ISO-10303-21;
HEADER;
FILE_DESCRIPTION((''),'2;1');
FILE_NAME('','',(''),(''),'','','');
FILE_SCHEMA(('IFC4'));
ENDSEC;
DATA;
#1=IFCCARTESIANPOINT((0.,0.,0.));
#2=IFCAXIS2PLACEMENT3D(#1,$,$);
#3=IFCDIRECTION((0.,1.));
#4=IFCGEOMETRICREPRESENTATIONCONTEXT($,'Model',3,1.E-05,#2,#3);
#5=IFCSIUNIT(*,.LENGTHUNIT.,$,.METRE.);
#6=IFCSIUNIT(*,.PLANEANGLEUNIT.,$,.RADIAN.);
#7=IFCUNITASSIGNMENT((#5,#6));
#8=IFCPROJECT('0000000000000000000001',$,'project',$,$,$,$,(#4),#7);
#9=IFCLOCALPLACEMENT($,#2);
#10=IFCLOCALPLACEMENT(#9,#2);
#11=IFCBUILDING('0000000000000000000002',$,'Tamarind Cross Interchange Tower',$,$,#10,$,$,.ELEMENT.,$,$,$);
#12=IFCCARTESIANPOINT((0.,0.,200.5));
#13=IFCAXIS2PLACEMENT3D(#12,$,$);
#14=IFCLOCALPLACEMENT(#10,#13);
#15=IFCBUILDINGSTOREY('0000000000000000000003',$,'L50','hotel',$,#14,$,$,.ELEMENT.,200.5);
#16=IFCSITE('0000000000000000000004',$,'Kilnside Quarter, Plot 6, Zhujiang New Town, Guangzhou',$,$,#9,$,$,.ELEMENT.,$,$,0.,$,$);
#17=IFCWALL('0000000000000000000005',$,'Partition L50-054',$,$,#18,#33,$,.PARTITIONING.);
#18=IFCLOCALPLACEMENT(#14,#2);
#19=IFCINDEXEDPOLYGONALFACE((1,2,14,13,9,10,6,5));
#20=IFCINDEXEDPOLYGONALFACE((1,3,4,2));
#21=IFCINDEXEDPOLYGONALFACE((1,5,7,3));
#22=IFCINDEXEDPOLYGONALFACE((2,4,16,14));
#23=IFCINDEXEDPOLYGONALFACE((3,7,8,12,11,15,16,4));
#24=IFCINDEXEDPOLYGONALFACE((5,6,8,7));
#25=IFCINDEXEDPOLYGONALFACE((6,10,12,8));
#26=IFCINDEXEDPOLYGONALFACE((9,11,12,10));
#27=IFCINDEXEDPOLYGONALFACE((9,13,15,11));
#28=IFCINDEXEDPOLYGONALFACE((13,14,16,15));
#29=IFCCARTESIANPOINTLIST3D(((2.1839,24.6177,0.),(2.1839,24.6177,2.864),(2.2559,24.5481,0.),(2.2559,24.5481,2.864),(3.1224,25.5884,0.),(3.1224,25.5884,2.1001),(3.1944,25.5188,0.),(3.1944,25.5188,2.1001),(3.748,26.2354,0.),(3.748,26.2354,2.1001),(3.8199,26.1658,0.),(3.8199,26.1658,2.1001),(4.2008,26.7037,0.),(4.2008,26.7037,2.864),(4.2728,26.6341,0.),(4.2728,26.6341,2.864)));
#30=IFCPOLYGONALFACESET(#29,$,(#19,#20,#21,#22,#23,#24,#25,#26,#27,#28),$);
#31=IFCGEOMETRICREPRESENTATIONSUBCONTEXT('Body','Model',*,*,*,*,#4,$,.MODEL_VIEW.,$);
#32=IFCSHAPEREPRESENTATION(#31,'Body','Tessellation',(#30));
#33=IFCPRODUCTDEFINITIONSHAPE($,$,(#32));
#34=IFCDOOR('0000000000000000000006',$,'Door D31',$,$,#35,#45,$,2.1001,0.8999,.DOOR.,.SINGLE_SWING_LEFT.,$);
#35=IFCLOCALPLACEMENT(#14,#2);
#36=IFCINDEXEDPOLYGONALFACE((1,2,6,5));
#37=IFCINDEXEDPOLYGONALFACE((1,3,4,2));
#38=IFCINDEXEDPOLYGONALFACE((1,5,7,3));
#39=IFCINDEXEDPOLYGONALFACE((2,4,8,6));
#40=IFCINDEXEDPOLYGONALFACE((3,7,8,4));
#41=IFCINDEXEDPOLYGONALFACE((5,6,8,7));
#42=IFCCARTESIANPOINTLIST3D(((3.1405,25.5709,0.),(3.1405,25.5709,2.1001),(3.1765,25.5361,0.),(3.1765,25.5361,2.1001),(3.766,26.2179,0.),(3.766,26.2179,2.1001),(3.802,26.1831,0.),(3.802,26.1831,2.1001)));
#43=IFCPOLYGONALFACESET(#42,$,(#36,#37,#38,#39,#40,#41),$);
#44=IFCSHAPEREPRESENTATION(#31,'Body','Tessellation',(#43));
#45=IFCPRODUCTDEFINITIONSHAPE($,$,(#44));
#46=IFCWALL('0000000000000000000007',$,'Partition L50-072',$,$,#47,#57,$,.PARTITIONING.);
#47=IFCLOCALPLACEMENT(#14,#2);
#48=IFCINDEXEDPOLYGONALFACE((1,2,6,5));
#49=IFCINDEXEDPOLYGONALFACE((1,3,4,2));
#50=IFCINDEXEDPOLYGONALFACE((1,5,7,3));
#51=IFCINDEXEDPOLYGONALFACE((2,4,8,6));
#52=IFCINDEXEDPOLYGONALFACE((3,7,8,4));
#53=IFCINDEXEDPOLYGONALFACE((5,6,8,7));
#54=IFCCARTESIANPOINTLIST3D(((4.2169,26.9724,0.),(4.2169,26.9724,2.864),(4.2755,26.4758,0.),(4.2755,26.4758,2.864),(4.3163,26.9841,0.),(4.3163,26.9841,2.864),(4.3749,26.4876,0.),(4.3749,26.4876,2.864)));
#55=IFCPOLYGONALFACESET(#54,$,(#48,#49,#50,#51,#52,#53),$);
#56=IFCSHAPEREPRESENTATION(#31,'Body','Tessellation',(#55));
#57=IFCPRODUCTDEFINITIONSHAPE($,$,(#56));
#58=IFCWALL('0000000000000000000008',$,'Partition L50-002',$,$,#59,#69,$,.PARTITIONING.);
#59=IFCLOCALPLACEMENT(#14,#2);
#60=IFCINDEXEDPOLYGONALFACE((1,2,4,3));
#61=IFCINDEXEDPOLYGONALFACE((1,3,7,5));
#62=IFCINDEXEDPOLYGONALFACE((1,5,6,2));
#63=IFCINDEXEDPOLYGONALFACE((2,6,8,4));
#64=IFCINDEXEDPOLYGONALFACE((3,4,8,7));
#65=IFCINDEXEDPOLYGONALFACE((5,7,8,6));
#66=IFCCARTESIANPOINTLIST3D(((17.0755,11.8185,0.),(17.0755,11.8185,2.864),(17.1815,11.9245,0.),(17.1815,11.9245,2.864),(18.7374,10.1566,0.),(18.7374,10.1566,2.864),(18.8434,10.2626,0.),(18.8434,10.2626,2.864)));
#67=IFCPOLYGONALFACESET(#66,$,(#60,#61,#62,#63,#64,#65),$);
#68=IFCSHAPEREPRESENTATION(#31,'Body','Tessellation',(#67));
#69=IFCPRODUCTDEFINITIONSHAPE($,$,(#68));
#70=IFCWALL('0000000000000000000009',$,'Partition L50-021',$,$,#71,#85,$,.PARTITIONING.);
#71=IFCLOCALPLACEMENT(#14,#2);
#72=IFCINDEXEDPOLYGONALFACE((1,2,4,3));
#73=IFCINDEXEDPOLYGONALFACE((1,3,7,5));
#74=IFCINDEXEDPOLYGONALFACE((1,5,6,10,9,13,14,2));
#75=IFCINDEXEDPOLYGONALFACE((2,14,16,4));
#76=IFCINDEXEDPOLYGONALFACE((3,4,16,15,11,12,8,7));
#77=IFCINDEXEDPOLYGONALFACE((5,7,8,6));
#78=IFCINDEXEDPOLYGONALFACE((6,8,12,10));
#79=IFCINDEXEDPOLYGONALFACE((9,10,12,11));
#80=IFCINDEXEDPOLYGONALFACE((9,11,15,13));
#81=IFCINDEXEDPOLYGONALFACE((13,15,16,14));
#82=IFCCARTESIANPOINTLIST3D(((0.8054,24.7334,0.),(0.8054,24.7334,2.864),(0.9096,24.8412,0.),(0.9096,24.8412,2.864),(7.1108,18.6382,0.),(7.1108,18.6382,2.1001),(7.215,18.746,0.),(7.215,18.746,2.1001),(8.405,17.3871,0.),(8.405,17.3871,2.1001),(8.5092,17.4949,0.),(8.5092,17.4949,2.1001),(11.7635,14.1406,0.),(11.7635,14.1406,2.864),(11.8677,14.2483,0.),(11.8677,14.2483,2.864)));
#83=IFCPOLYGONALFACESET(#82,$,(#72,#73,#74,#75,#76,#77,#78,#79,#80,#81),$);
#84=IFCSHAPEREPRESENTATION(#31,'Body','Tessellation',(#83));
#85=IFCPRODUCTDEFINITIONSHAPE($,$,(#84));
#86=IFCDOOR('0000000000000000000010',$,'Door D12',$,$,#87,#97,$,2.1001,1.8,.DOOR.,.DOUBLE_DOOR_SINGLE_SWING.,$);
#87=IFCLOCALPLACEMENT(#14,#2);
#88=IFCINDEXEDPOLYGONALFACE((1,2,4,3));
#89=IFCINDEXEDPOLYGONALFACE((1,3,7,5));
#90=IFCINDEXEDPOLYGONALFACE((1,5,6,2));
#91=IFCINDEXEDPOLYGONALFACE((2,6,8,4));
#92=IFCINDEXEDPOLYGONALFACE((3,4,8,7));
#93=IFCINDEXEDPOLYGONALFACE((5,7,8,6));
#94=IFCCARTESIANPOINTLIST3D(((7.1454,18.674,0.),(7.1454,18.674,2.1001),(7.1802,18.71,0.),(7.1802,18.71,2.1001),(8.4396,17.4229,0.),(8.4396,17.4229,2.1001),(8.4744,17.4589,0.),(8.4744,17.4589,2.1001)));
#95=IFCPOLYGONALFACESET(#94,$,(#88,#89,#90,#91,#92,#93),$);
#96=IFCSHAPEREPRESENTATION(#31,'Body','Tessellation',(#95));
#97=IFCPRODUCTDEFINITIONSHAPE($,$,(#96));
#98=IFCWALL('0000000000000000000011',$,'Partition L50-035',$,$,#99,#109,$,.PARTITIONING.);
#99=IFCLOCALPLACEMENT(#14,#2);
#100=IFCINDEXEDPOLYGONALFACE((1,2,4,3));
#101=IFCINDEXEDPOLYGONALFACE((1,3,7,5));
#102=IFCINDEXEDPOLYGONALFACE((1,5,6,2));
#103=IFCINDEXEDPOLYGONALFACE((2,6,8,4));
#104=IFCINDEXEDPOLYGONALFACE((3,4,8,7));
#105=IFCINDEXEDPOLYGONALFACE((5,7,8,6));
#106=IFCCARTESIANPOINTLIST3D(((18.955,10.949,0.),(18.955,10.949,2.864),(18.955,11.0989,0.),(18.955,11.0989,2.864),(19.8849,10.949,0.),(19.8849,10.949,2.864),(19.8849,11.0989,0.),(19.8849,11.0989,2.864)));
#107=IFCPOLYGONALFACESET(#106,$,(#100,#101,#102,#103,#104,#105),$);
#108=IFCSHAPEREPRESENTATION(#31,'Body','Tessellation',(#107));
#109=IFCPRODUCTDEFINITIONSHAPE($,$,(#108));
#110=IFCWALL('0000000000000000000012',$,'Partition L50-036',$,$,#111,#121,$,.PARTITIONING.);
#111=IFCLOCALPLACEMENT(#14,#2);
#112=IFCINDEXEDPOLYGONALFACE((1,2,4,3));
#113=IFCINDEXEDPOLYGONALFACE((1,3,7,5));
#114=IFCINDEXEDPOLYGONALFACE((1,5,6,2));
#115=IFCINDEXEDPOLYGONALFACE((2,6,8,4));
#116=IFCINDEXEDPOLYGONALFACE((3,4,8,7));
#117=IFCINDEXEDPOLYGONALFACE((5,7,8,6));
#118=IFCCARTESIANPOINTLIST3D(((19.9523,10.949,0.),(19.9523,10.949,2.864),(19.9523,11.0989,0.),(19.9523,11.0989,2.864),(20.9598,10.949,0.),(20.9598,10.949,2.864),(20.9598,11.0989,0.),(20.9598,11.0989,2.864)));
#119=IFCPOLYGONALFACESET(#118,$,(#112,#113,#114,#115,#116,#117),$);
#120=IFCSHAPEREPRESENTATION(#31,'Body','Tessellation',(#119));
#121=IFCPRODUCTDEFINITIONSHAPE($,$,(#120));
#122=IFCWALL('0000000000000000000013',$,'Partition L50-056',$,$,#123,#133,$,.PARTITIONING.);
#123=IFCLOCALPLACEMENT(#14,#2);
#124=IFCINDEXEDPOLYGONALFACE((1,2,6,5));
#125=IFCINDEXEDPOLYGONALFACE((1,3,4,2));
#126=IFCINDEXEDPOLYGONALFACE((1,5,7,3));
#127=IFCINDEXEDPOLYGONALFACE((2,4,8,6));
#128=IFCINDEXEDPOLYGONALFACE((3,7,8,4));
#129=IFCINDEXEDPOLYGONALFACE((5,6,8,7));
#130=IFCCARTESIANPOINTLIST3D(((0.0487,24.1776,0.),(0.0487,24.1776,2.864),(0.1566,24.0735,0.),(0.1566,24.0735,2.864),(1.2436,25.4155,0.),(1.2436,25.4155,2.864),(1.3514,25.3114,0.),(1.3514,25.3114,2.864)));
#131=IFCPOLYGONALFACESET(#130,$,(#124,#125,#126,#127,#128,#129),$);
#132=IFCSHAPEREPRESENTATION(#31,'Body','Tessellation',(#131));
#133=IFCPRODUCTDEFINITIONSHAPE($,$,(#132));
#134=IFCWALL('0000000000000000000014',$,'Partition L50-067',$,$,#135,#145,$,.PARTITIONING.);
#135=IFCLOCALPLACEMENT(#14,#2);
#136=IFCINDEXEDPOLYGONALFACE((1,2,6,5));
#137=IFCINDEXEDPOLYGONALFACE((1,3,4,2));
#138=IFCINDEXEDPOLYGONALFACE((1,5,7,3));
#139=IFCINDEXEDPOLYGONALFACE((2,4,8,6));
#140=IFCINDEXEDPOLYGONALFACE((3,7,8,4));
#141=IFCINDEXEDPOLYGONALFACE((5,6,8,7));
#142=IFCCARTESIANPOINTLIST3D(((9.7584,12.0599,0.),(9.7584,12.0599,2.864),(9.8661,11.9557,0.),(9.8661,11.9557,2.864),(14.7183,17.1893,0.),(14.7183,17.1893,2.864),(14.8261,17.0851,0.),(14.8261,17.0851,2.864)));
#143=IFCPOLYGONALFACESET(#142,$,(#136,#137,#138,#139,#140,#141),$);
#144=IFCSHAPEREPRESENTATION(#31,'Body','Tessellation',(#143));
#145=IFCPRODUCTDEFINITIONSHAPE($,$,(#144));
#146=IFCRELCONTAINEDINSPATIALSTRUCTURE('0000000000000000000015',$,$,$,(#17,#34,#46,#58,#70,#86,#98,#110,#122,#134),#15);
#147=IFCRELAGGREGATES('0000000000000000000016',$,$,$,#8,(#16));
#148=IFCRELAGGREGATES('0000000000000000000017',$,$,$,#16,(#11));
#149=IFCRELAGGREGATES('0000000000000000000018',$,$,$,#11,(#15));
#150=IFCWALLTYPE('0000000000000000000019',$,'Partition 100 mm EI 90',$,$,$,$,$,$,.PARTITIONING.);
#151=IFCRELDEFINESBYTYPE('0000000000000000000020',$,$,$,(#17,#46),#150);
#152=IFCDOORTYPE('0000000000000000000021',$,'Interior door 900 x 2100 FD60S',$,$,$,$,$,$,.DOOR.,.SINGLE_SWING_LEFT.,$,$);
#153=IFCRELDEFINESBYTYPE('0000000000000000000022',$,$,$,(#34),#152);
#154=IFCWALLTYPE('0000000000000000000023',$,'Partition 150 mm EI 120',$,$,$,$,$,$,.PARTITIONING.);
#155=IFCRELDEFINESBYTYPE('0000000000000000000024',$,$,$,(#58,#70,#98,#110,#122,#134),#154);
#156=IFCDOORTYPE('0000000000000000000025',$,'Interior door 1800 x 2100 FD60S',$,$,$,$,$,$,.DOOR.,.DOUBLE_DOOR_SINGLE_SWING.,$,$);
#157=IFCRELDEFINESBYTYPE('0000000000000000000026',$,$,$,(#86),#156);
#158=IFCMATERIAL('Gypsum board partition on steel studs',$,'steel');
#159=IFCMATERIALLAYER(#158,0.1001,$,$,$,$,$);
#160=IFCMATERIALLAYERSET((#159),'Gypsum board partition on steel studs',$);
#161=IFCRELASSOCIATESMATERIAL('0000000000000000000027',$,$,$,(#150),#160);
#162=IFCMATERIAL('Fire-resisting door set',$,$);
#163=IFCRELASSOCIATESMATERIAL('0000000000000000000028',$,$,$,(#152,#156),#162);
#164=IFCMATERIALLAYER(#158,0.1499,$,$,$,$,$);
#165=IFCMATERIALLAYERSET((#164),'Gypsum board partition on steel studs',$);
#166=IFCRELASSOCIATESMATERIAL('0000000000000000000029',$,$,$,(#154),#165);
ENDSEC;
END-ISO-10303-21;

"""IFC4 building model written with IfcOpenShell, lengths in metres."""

from ifc_helpers import new_model, si_unit, direction, frame, frame_2d, origin, place, context, subcontext, project, spatial, rectangle, extrude, material, layer, layer_set, type_object, element, fill, save


model = new_model("IFC4")

# Units and contexts
model_context = context("Model", 3, precision=1e-05, world=origin(), true_north=direction((0.0, 1.0)))
body_context = subcontext(model_context, "Body", "Model", "MODEL_VIEW")
ifc_project = project(units=[si_unit("LENGTHUNIT", "METRE"), si_unit("PLANEANGLEUNIT", "RADIAN")], contexts=[model_context])

# Site, building, storey
site_placement = place(None, origin())
site = spatial("IfcSite", under=ifc_project, at=site_placement, Name="Kilnside Quarter, Plot 6, Zhujiang New Town, Guangzhou", CompositionType="ELEMENT", RefElevation=0.0)
building_placement = place(site_placement, origin())
building = spatial("IfcBuilding", under=site, at=building_placement, Name="Tamarind Cross Interchange Tower", CompositionType="ELEMENT")
storey_placement = place(building_placement, frame((0.0, 0.0, 200.5)))
storey = spatial("IfcBuildingStorey", under=building, at=storey_placement, Name="L50", Description="hotel", CompositionType="ELEMENT", Elevation=200.5)

# Shared definitions
ifc_material_1 = material(Name="Gypsum board partition on steel studs", Category="steel")
ifc_layer_1 = layer(ifc_material_1, 0.1001)
ifc_layer_set_1 = layer_set([ifc_layer_1], Name="Gypsum board partition on steel studs")
wall_type_1 = type_object("IfcWallType", Name="Partition 100 mm EI 90", PredefinedType="PARTITIONING", material=ifc_layer_set_1)

# Wall, opening, door
wall_1_placement = place(storey_placement, frame((2.22, 24.583, 0.0), z_axis=(0.0, 0.0, 1.0), x_axis=(0.6951, 0.718913, 0.0)))
wall_1 = element("IfcWall", 1, at=wall_1_placement, inside=storey, type_object=wall_type_1, Name="Partition L50-054", PredefinedType="PARTITIONING", context=body_context, shape_type="SweptSolid", body=[
    extrude(rectangle(XDim=2.9016, YDim=0.1001, at=frame_2d((1.4507, 0.0))), origin(), (0.0, 0.0, 1.0), 2.864),
])
opening_1_placement = place(wall_1_placement, frame((1.3501, 0.0, 0.0)))
opening_1 = element("IfcOpeningElement", 2, at=opening_1_placement, cuts=wall_1, PredefinedType="OPENING", context=body_context, shape_type="SweptSolid", body=[
    extrude(rectangle(XDim=0.8999, YDim=2.1001, at=frame_2d((0.45, 1.05))), frame((0.0, 0.0601, 0.0), z_axis=(0.0, -1.0, 0.0), x_axis=(1.0, 0.0, 0.0)), (0.0, 0.0, 1.0), 0.1201),
])
ifc_material_2 = material(Name="Fire-resisting door set")
door_type_1 = type_object("IfcDoorType", Name="Interior door 900 x 2100 FD60S", OperationType="SINGLE_SWING_LEFT", PredefinedType="DOOR", material=ifc_material_2)
door_1_placement = place(opening_1_placement, origin())
door_1 = element("IfcDoor", 3, at=door_1_placement, inside=storey, type_object=door_type_1, Name="Door D31", OperationType="SINGLE_SWING_LEFT", OverallHeight=2.1001, OverallWidth=0.8999, PredefinedType="DOOR", context=body_context, shape_type="SweptSolid", body=[
    extrude(rectangle(XDim=0.8999, YDim=2.1001, at=frame_2d((0.45, 1.05))), frame((0.0, 0.0249, 0.0), z_axis=(0.0, -1.0, 0.0), x_axis=(1.0, 0.0, 0.0)), (0.0, 0.0, 1.0), 0.05),
])
fill(opening_1, door_1)

# Walls
wall_2_placement = place(storey_placement, frame((4.3252, 26.4817, 0.0), z_axis=(0.0, 0.0, 1.0), x_axis=(-0.117181, 0.993111, 0.0)))
element("IfcWall", 4, at=wall_2_placement, inside=storey, type_object=wall_type_1, Name="Partition L50-072", PredefinedType="PARTITIONING", context=body_context, shape_type="SweptSolid", body=[
    extrude(rectangle(XDim=0.5, YDim=0.1001, at=frame_2d((0.25, 0.0))), origin(), (0.0, 0.0, 1.0), 2.864),
])
ifc_layer_2 = layer(ifc_material_1, 0.1499)
ifc_layer_set_2 = layer_set([ifc_layer_2], Name="Gypsum board partition on steel studs")
wall_type_2 = type_object("IfcWallType", Name="Partition 150 mm EI 120", PredefinedType="PARTITIONING", material=ifc_layer_set_2)
wall_3_placement = place(storey_placement, frame((17.1284, 11.8716, 0.0), z_axis=(0.0, 0.0, 1.0), x_axis=(0.707107, -0.707107, 0.0)))
element("IfcWall", 5, at=wall_3_placement, inside=storey, type_object=wall_type_2, Name="Partition L50-002", PredefinedType="PARTITIONING", context=body_context, shape_type="SweptSolid", body=[
    extrude(rectangle(XDim=2.3503, YDim=0.1499, at=frame_2d((1.1753, 0.0))), origin(), (0.0, 0.0, 1.0), 2.864),
])

# Wall, opening, door
wall_4_placement = place(storey_placement, frame((0.8574, 24.7874, 0.0), z_axis=(0.0, 0.0, 1.0), x_axis=(0.718987, -0.695023, 0.0)))
wall_4 = element("IfcWall", 6, at=wall_4_placement, inside=storey, type_object=wall_type_2, Name="Partition L50-021", PredefinedType="PARTITIONING", context=body_context, shape_type="SweptSolid", body=[
    extrude(rectangle(XDim=15.241, YDim=0.1499, at=frame_2d((7.6206, 0.0))), origin(), (0.0, 0.0, 1.0), 2.864),
])
opening_2_placement = place(wall_4_placement, frame((8.77, 0.0, 0.0)))
opening_2 = element("IfcOpeningElement", 7, at=opening_2_placement, cuts=wall_4, PredefinedType="OPENING", context=body_context, shape_type="SweptSolid", body=[
    extrude(rectangle(XDim=1.8, YDim=2.1001, at=frame_2d((0.8999, 1.05))), frame((0.0, 0.085, 0.0), z_axis=(0.0, -1.0, 0.0), x_axis=(1.0, 0.0, 0.0)), (0.0, 0.0, 1.0), 0.1699),
])
door_type_2 = type_object("IfcDoorType", Name="Interior door 1800 x 2100 FD60S", OperationType="DOUBLE_DOOR_SINGLE_SWING", PredefinedType="DOOR", material=ifc_material_2)
door_2_placement = place(opening_2_placement, origin())
door_2 = element("IfcDoor", 8, at=door_2_placement, inside=storey, type_object=door_type_2, Name="Door D12", OperationType="DOUBLE_DOOR_SINGLE_SWING", OverallHeight=2.1001, OverallWidth=1.8, PredefinedType="DOOR", context=body_context, shape_type="SweptSolid", body=[
    extrude(rectangle(XDim=1.8, YDim=2.1001, at=frame_2d((0.8999, 1.05))), frame((0.0, 0.0249, 0.0), z_axis=(0.0, -1.0, 0.0), x_axis=(1.0, 0.0, 0.0)), (0.0, 0.0, 1.0), 0.05),
])
fill(opening_2, door_2)

# Walls
wall_5_placement = place(storey_placement, frame((18.9551, 11.0239, 0.0), z_axis=(0.0, 0.0, 1.0), x_axis=(1.0, 0.0, 0.0)))
element("IfcWall", 9, at=wall_5_placement, inside=storey, type_object=wall_type_2, Name="Partition L50-035", PredefinedType="PARTITIONING", context=body_context, shape_type="SweptSolid", body=[
    extrude(rectangle(XDim=0.9299, YDim=0.1499, at=frame_2d((0.4648, 0.0))), origin(), (0.0, 0.0, 1.0), 2.864),
])
wall_6_placement = place(storey_placement, frame((19.9521, 11.0239, 0.0), z_axis=(0.0, 0.0, 1.0), x_axis=(1.0, 0.0, 0.0)))
element("IfcWall", 10, at=wall_6_placement, inside=storey, type_object=wall_type_2, Name="Partition L50-036", PredefinedType="PARTITIONING", context=body_context, shape_type="SweptSolid", body=[
    extrude(rectangle(XDim=1.0076, YDim=0.1499, at=frame_2d((0.5039, 0.0))), origin(), (0.0, 0.0, 1.0), 2.864),
])
wall_7_placement = place(storey_placement, frame((0.1025, 24.1255, 0.0), z_axis=(0.0, 0.0, 1.0), x_axis=(0.694508, 0.719485, 0.0)))
element("IfcWall", 11, at=wall_7_placement, inside=storey, type_object=wall_type_2, Name="Partition L50-056", PredefinedType="PARTITIONING", context=body_context, shape_type="SweptSolid", body=[
    extrude(rectangle(XDim=1.7205, YDim=0.1499, at=frame_2d((0.8604, 0.0))), origin(), (0.0, 0.0, 1.0), 2.864),
])
wall_8_placement = place(storey_placement, frame((9.8123, 12.0078, 0.0), z_axis=(0.0, 0.0, 1.0), x_axis=(0.695134, 0.71888, 0.0)))
element("IfcWall", 12, at=wall_8_placement, inside=storey, type_object=wall_type_2, Name="Partition L50-067", PredefinedType="PARTITIONING", context=body_context, shape_type="SweptSolid", body=[
    extrude(rectangle(XDim=7.1353, YDim=0.1499, at=frame_2d((3.5676, 0.0))), origin(), (0.0, 0.0, 1.0), 2.864),
])

save(model, "model.ifc")
